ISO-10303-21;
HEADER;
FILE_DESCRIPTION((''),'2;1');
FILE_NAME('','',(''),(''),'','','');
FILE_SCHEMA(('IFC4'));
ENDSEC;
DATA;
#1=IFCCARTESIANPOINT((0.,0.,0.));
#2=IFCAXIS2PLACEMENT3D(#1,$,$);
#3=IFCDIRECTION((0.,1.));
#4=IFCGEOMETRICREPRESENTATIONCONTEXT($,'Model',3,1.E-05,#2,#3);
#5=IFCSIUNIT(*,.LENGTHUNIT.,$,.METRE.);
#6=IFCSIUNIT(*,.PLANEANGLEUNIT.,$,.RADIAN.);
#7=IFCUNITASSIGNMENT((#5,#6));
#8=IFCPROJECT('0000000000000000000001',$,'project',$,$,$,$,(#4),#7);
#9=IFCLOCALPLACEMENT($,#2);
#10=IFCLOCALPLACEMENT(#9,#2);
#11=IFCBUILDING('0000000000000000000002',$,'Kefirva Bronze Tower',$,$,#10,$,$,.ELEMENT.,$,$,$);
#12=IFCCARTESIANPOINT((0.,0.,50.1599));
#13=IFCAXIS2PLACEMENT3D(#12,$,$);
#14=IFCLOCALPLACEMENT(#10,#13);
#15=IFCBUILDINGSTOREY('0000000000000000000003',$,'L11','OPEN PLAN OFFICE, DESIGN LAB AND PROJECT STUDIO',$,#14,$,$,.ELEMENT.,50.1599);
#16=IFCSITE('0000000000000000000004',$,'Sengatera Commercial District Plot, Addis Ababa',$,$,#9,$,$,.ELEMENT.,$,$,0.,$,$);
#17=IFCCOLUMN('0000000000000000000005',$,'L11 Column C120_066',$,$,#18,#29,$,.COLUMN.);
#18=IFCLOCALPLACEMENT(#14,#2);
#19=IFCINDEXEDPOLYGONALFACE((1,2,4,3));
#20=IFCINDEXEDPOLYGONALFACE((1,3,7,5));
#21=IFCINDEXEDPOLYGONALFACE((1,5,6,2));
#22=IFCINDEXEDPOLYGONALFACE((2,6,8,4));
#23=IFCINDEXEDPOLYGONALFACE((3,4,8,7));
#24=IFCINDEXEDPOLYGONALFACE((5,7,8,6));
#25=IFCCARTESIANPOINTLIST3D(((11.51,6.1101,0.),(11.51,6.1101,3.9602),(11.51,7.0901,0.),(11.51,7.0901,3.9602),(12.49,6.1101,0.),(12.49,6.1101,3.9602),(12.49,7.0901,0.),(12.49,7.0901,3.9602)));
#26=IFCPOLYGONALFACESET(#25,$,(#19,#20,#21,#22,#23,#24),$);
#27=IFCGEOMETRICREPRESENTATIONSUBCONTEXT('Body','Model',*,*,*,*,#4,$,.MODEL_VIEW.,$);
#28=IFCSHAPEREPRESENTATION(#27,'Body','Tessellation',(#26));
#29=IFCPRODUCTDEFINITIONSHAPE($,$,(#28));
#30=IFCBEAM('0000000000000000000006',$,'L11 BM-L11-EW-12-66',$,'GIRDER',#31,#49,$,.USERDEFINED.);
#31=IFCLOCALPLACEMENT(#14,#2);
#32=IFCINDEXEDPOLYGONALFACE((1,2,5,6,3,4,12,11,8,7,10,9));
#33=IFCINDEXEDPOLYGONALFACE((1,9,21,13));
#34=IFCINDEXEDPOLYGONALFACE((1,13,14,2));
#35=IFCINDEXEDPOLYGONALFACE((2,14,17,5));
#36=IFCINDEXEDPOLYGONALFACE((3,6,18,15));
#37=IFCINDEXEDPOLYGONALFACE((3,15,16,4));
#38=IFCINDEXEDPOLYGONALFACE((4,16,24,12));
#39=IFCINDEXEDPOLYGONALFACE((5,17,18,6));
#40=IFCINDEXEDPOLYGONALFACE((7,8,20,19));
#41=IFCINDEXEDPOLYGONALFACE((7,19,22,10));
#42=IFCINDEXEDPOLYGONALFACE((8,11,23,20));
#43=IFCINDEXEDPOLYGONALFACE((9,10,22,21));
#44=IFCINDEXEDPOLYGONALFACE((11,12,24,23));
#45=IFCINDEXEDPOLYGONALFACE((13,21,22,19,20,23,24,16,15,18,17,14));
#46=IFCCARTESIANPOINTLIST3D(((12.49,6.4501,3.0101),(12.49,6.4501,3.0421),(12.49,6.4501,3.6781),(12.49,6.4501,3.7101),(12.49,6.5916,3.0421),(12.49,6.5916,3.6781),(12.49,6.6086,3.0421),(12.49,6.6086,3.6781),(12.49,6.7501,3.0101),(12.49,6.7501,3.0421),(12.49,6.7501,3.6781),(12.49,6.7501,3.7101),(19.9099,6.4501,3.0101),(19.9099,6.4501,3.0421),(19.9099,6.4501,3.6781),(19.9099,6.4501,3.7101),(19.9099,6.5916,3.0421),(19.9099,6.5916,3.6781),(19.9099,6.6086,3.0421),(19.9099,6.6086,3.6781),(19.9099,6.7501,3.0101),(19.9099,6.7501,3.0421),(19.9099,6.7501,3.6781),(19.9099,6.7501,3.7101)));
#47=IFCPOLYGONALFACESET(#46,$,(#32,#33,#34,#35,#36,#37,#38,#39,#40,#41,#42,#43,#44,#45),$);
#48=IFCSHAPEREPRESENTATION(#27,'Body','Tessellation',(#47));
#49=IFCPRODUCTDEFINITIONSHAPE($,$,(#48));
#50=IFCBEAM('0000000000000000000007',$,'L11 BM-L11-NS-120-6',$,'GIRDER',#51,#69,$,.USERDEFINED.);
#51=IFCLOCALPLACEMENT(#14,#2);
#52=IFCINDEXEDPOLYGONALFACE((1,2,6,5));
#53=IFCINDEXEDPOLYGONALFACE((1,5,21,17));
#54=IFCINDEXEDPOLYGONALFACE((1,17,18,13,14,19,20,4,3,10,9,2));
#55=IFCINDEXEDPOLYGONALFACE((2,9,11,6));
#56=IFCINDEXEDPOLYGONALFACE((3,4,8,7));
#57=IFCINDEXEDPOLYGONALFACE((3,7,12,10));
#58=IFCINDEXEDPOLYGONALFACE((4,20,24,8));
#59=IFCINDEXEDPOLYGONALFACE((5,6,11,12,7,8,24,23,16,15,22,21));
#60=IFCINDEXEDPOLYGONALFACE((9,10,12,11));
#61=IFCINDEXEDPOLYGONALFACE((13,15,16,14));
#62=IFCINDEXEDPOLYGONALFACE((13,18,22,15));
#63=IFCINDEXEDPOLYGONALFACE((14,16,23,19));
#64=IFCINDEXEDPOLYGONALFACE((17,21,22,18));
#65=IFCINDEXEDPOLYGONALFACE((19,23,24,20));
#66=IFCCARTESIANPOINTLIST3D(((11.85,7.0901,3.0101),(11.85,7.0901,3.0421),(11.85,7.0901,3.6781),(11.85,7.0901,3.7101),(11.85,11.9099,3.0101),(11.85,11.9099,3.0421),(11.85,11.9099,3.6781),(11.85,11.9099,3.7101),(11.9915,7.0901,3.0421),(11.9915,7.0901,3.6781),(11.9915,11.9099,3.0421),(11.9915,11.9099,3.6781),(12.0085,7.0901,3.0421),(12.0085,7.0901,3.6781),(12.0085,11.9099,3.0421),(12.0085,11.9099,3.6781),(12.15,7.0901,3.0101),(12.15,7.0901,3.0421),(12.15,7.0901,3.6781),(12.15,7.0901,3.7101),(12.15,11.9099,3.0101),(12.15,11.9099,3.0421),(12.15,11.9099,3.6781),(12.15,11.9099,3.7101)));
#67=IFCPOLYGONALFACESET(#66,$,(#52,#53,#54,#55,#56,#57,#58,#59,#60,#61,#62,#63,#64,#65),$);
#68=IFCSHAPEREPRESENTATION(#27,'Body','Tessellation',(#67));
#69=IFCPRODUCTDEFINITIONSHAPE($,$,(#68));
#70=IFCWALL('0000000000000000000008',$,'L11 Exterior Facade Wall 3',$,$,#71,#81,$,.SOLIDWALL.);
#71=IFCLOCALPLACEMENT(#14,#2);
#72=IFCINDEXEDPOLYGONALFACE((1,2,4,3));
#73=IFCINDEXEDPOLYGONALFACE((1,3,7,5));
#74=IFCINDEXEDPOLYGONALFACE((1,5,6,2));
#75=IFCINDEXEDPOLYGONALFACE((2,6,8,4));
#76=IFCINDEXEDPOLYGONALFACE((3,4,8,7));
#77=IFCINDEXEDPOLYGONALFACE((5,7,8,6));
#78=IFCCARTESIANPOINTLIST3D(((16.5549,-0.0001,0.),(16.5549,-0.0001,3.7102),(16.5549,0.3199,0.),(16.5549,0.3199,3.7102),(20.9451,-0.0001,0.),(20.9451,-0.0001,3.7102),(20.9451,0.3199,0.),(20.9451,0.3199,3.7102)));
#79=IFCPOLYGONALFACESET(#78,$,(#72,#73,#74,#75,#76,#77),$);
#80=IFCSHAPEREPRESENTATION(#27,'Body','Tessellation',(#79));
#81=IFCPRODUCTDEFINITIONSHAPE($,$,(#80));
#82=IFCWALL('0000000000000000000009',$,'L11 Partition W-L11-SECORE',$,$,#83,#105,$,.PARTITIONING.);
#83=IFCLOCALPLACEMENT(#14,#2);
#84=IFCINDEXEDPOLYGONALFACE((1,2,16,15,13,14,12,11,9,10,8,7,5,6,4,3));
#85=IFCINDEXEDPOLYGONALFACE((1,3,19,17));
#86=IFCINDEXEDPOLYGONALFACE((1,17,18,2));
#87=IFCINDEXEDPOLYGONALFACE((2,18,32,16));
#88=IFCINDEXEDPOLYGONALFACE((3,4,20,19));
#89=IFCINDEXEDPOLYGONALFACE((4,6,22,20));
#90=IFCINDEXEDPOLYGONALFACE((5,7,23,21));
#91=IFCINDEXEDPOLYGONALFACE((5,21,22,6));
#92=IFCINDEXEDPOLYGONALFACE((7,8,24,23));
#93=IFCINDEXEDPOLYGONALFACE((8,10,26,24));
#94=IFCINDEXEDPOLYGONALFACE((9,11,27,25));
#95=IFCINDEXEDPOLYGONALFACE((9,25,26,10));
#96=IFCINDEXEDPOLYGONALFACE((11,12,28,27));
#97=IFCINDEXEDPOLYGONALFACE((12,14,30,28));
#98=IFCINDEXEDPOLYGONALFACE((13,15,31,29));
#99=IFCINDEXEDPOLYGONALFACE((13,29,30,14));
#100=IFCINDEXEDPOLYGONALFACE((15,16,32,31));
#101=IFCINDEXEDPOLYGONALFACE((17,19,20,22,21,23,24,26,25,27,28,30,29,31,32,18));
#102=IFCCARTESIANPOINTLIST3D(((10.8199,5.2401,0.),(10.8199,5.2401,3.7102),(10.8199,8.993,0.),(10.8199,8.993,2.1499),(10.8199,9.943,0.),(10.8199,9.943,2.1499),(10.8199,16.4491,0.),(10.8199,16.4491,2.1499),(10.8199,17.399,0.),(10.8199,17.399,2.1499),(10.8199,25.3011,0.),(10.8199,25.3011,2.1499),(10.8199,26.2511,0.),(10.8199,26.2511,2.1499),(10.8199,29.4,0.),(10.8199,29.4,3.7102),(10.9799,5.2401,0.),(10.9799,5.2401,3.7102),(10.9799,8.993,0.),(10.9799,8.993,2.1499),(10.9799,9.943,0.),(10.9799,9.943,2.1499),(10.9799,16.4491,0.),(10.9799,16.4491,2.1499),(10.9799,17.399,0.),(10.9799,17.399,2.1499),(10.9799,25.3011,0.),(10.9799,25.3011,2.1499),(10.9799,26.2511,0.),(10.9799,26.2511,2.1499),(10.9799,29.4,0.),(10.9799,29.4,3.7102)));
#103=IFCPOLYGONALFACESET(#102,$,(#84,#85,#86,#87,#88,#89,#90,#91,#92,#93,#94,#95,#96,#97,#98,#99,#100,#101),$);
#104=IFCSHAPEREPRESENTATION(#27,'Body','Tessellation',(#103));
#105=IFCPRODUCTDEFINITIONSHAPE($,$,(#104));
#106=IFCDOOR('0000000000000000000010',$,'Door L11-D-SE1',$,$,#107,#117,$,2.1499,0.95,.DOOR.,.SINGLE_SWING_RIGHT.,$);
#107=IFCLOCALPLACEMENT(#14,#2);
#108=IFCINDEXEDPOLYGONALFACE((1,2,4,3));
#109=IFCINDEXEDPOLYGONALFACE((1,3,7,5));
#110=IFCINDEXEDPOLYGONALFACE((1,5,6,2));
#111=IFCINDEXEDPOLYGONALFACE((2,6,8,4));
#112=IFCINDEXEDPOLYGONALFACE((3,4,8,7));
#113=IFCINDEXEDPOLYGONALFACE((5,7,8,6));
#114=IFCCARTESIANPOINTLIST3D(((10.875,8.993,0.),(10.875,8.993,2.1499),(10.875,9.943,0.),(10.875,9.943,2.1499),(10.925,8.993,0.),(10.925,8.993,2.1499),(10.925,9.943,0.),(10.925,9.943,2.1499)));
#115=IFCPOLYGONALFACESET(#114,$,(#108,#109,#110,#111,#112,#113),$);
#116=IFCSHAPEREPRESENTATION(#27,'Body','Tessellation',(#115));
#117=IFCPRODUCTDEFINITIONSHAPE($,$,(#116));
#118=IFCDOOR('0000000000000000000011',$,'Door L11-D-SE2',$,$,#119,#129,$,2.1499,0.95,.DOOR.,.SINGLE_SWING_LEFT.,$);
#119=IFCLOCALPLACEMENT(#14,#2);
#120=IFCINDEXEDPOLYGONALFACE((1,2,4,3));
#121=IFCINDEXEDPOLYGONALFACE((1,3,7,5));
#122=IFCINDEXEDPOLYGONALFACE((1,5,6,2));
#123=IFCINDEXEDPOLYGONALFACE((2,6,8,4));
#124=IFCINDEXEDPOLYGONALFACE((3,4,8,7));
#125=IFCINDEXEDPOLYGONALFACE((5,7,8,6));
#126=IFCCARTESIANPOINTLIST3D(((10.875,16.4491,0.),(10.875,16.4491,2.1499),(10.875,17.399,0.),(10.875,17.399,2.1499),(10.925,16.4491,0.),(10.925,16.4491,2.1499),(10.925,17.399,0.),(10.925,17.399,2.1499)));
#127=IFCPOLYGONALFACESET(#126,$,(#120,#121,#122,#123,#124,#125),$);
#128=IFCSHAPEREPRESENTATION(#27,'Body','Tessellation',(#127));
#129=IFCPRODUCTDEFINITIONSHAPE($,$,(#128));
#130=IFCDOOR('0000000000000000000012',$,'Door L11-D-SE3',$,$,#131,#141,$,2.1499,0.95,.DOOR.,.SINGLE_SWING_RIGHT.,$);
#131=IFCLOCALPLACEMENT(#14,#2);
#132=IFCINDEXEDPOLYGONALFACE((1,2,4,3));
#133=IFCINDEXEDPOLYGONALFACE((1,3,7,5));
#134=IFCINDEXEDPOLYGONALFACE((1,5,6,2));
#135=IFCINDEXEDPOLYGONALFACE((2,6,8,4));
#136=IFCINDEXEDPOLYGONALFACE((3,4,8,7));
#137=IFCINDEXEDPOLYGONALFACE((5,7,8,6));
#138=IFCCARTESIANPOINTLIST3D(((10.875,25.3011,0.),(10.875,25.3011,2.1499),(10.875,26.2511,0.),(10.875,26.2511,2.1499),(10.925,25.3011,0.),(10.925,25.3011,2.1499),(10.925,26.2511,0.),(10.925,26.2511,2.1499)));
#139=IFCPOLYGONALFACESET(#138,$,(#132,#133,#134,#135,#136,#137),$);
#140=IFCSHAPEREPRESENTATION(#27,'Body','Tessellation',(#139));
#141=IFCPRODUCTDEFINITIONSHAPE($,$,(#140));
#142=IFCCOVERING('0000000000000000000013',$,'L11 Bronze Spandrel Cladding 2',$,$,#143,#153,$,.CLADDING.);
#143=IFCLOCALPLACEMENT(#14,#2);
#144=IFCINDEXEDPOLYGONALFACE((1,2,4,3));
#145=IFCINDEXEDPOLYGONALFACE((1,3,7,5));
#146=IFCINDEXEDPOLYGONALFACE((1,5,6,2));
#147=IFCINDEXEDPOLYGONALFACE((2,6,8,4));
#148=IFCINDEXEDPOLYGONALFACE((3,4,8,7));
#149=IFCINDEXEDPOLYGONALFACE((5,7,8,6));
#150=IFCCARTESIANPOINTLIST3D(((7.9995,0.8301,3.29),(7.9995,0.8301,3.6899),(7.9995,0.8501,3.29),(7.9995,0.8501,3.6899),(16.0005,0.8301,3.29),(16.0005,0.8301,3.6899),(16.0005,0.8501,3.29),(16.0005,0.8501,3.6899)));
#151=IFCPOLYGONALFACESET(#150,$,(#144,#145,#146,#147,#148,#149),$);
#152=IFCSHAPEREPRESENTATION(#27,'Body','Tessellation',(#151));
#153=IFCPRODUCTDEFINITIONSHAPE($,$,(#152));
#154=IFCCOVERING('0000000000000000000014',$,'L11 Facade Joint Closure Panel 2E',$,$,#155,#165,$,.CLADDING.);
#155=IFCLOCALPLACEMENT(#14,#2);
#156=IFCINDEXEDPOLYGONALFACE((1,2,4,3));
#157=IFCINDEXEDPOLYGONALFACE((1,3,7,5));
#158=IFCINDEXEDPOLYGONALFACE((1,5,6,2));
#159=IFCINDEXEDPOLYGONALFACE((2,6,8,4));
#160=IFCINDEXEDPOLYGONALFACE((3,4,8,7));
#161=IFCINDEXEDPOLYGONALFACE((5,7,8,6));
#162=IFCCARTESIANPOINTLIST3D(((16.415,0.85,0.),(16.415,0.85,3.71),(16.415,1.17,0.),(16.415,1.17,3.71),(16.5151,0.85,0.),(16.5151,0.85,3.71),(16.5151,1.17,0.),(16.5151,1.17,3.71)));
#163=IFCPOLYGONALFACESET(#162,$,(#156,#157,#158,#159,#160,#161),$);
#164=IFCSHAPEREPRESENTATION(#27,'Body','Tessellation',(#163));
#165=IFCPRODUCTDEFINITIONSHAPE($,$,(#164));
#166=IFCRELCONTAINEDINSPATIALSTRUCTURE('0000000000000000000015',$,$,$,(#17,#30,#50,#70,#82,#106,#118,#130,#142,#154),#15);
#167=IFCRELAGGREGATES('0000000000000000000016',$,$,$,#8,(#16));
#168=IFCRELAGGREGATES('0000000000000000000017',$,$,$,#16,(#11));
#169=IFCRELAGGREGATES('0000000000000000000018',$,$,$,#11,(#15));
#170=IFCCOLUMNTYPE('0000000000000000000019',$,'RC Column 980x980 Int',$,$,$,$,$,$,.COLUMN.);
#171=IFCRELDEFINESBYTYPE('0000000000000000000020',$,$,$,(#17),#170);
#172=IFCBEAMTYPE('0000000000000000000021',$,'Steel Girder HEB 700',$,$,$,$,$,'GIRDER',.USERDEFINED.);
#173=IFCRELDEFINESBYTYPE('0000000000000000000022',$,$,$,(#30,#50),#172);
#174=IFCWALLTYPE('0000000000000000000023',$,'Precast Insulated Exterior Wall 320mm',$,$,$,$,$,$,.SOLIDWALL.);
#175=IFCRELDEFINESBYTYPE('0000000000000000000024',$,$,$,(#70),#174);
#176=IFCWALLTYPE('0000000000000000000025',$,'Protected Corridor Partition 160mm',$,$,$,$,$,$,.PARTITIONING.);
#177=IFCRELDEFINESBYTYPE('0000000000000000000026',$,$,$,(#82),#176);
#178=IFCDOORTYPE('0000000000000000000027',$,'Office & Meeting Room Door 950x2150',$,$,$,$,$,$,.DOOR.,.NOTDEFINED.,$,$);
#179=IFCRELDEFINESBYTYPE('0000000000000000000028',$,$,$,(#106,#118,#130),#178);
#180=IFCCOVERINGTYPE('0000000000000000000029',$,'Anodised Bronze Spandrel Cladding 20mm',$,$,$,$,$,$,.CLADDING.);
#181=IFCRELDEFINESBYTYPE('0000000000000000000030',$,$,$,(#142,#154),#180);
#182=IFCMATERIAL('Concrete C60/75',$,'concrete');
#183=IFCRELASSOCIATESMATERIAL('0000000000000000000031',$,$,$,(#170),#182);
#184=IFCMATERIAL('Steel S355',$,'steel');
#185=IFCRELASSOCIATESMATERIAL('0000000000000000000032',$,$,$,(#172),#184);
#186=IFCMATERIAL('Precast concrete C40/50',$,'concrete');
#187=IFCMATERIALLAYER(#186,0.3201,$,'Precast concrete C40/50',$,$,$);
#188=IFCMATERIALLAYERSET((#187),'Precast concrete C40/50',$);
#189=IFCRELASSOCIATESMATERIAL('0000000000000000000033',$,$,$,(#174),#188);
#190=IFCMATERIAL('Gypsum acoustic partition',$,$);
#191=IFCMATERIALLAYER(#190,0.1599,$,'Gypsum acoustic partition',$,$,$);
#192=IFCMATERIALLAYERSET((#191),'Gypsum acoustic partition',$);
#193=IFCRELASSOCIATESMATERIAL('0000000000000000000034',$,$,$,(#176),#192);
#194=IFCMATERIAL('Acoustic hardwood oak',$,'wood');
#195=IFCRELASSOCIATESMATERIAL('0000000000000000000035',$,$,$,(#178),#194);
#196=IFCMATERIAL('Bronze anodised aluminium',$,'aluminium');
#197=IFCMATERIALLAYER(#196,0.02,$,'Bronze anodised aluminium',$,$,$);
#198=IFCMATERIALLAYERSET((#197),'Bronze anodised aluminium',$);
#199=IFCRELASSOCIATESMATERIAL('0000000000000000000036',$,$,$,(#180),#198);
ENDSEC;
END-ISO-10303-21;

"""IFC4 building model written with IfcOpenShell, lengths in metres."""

from ifc_helpers import new_model, si_unit, direction, frame, frame_2d, origin, origin_2d, place, context, subcontext, project, spatial, rectangle, i_section, extrude, material, layer, layer_set, material_profile, profile_set, type_object, element, fill, save


model = new_model("IFC4")

# Units and contexts
model_context = context("Model", 3, precision=1e-05, world=origin(), true_north=direction((0.0, 1.0)))
body_context = subcontext(model_context, "Body", "Model", "MODEL_VIEW")
ifc_project = project(units=[si_unit("LENGTHUNIT", "METRE"), si_unit("PLANEANGLEUNIT", "RADIAN")], contexts=[model_context])

# Site, building, storey
site_placement = place(None, origin())
site = spatial("IfcSite", under=ifc_project, at=site_placement, Name="Sengatera Commercial District Plot, Addis Ababa", CompositionType="ELEMENT", RefElevation=0.0)
building_placement = place(site_placement, origin())
building = spatial("IfcBuilding", under=site, at=building_placement, Name="Kefirva Bronze Tower", CompositionType="ELEMENT")
storey_placement = place(building_placement, frame((0.0, 0.0, 50.1599)))
storey = spatial("IfcBuildingStorey", under=building, at=storey_placement, Name="L11", Description="OPEN PLAN OFFICE, DESIGN LAB AND PROJECT STUDIO", CompositionType="ELEMENT", Elevation=50.1599)

# Column
ifc_material_1 = material(Name="Concrete C60/75", Category="concrete")
ifc_material_profile_1 = material_profile(ifc_material_1, rectangle(XDim=0.98, YDim=0.98, at=origin_2d()), Name="RC 980x980")
ifc_profile_set_1 = profile_set([ifc_material_profile_1], Name="Concrete C60/75")
column_type = type_object("IfcColumnType", Name="RC Column 980x980 Int", PredefinedType="COLUMN", material=ifc_profile_set_1)
column_placement = place(storey_placement, frame((12.0, 6.6001, 0.0), z_axis=(0.0, 0.0, 1.0), x_axis=(1.0, 0.0, 0.0)))
element("IfcColumn", 1, at=column_placement, inside=storey, type_object=column_type, Name="L11 Column C120_066", PredefinedType="COLUMN", context=body_context, shape_type="SweptSolid", body=[
    extrude(rectangle(XDim=0.98, YDim=0.98, at=origin_2d()), origin(), (0.0, 0.0, 1.0), 3.9602),
])

# Beams
ifc_material_2 = material(Name="Steel S355", Category="steel")
ifc_material_profile_2 = material_profile(ifc_material_2, i_section(OverallWidth=0.3, OverallDepth=0.7, WebThickness=0.0171, FlangeThickness=0.032, at=origin_2d()), Name="HEB 700")
ifc_profile_set_2 = profile_set([ifc_material_profile_2], Name="Steel S355")
beam_type = type_object("IfcBeamType", Name="Steel Girder HEB 700", ElementType="GIRDER", PredefinedType="USERDEFINED", material=ifc_profile_set_2)
beam_1_placement = place(storey_placement, frame((12.49, 6.6001, 3.3601), z_axis=(1.0, 0.0, 0.0), x_axis=(0.0, 1.0, 0.0)))
element("IfcBeam", 2, at=beam_1_placement, inside=storey, type_object=beam_type, Name="L11 BM-L11-EW-12-66", ObjectType="GIRDER", PredefinedType="USERDEFINED", context=body_context, shape_type="SweptSolid", body=[
    extrude(i_section(OverallWidth=0.3, OverallDepth=0.7, WebThickness=0.0171, FlangeThickness=0.032, at=origin_2d()), origin(), (0.0, 0.0, 1.0), 7.4199),
])
beam_2_placement = place(storey_placement, frame((12.0, 7.0901, 3.3601), z_axis=(0.0, 1.0, 0.0), x_axis=(-1.0, 0.0, 0.0)))
element("IfcBeam", 3, at=beam_2_placement, inside=storey, type_object=beam_type, Name="L11 BM-L11-NS-120-6", ObjectType="GIRDER", PredefinedType="USERDEFINED", context=body_context, shape_type="SweptSolid", body=[
    extrude(i_section(OverallWidth=0.3, OverallDepth=0.7, WebThickness=0.0171, FlangeThickness=0.032, at=origin_2d()), origin(), (0.0, 0.0, 1.0), 4.8198),
])

# Wall
ifc_material_3 = material(Name="Precast concrete C40/50", Category="concrete")
ifc_layer_1 = layer(ifc_material_3, 0.3201, Name="Precast concrete C40/50")
ifc_layer_set_1 = layer_set([ifc_layer_1], Name="Precast concrete C40/50")
wall_type_1 = type_object("IfcWallType", Name="Precast Insulated Exterior Wall 320mm", PredefinedType="SOLIDWALL", material=ifc_layer_set_1)
wall_1_placement = place(storey_placement, frame((16.5549, 0.1599, 0.0), z_axis=(0.0, 0.0, 1.0), x_axis=(1.0, 0.0, 0.0)))
element("IfcWall", 4, at=wall_1_placement, inside=storey, type_object=wall_type_1, Name="L11 Exterior Facade Wall 3", PredefinedType="SOLIDWALL", context=body_context, shape_type="SweptSolid", body=[
    extrude(rectangle(XDim=4.3901, YDim=0.3201, at=frame_2d((2.1951, 0.0))), origin(), (0.0, 0.0, 1.0), 3.7102),
])

# Wall, openings, doors
ifc_material_4 = material(Name="Gypsum acoustic partition")
ifc_layer_2 = layer(ifc_material_4, 0.1599, Name="Gypsum acoustic partition")
ifc_layer_set_2 = layer_set([ifc_layer_2], Name="Gypsum acoustic partition")
wall_type_2 = type_object("IfcWallType", Name="Protected Corridor Partition 160mm", PredefinedType="PARTITIONING", material=ifc_layer_set_2)
wall_2_placement = place(storey_placement, frame((10.8999, 5.24, 0.0), z_axis=(0.0, 0.0, 1.0), x_axis=(0.0, 1.0, 0.0)))
wall_2 = element("IfcWall", 5, at=wall_2_placement, inside=storey, type_object=wall_type_2, Name="L11 Partition W-L11-SECORE", PredefinedType="PARTITIONING", context=body_context, shape_type="SweptSolid", body=[
    extrude(rectangle(XDim=24.1599, YDim=0.1599, at=frame_2d((12.0801, 0.0))), origin(), (0.0, 0.0, 1.0), 3.7102),
])
opening_1_placement = place(wall_2_placement, frame((3.7529, 0.0, 0.0)))
opening_1 = element("IfcOpeningElement", 6, at=opening_1_placement, cuts=wall_2, PredefinedType="OPENING", context=body_context, shape_type="SweptSolid", body=[
    extrude(rectangle(XDim=0.95, YDim=2.1499, at=frame_2d((0.4751, 1.075))), frame((0.0, 0.0898, 0.0), z_axis=(0.0, -1.0, 0.0), x_axis=(1.0, 0.0, 0.0)), (0.0, 0.0, 1.0), 0.1799),
])
opening_2_placement = place(wall_2_placement, frame((11.209, 0.0, 0.0)))
opening_2 = element("IfcOpeningElement", 7, at=opening_2_placement, cuts=wall_2, PredefinedType="OPENING", context=body_context, shape_type="SweptSolid", body=[
    extrude(rectangle(XDim=0.95, YDim=2.1499, at=frame_2d((0.4751, 1.075))), frame((0.0, 0.0898, 0.0), z_axis=(0.0, -1.0, 0.0), x_axis=(1.0, 0.0, 0.0)), (0.0, 0.0, 1.0), 0.1799),
])
opening_3_placement = place(wall_2_placement, frame((20.061, 0.0, 0.0)))
opening_3 = element("IfcOpeningElement", 8, at=opening_3_placement, cuts=wall_2, PredefinedType="OPENING", context=body_context, shape_type="SweptSolid", body=[
    extrude(rectangle(XDim=0.95, YDim=2.1499, at=frame_2d((0.4751, 1.075))), frame((0.0, 0.0898, 0.0), z_axis=(0.0, -1.0, 0.0), x_axis=(1.0, 0.0, 0.0)), (0.0, 0.0, 1.0), 0.1799),
])
ifc_material_5 = material(Name="Acoustic hardwood oak", Category="wood")
door_type = type_object("IfcDoorType", Name="Office & Meeting Room Door 950x2150", OperationType="NOTDEFINED", PredefinedType="DOOR", material=ifc_material_5)
door_1_placement = place(opening_1_placement, origin())
door_1 = element("IfcDoor", 9, at=door_1_placement, inside=storey, type_object=door_type, Name="Door L11-D-SE1", OperationType="SINGLE_SWING_RIGHT", OverallHeight=2.1499, OverallWidth=0.95, PredefinedType="DOOR", context=body_context, shape_type="SweptSolid", body=[
    extrude(rectangle(XDim=0.95, YDim=2.1499, at=frame_2d((0.4751, 1.075))), frame((0.0, 0.0249, 0.0), z_axis=(0.0, -1.0, 0.0), x_axis=(1.0, 0.0, 0.0)), (0.0, 0.0, 1.0), 0.05),
])
fill(opening_1, door_1)
door_2_placement = place(opening_2_placement, origin())
door_2 = element("IfcDoor", 10, at=door_2_placement, inside=storey, type_object=door_type, Name="Door L11-D-SE2", OperationType="SINGLE_SWING_LEFT", OverallHeight=2.1499, OverallWidth=0.95, PredefinedType="DOOR", context=body_context, shape_type="SweptSolid", body=[
    extrude(rectangle(XDim=0.95, YDim=2.1499, at=frame_2d((0.4751, 1.075))), frame((0.0, 0.0249, 0.0), z_axis=(0.0, -1.0, 0.0), x_axis=(1.0, 0.0, 0.0)), (0.0, 0.0, 1.0), 0.05),
])
fill(opening_2, door_2)
door_3_placement = place(opening_3_placement, origin())
door_3 = element("IfcDoor", 11, at=door_3_placement, inside=storey, type_object=door_type, Name="Door L11-D-SE3", OperationType="SINGLE_SWING_RIGHT", OverallHeight=2.1499, OverallWidth=0.95, PredefinedType="DOOR", context=body_context, shape_type="SweptSolid", body=[
    extrude(rectangle(XDim=0.95, YDim=2.1499, at=frame_2d((0.4751, 1.075))), frame((0.0, 0.0249, 0.0), z_axis=(0.0, -1.0, 0.0), x_axis=(1.0, 0.0, 0.0)), (0.0, 0.0, 1.0), 0.05),
])
fill(opening_3, door_3)

# Coverings
ifc_material_6 = material(Name="Bronze anodised aluminium", Category="aluminium")
ifc_layer_3 = layer(ifc_material_6, 0.02, Name="Bronze anodised aluminium")
ifc_layer_set_3 = layer_set([ifc_layer_3], Name="Bronze anodised aluminium")
covering_type_1 = type_object("IfcCoveringType", Name="Anodised Bronze Spandrel Cladding 20mm", PredefinedType="CLADDING", material=ifc_layer_set_3)
covering_1_placement = place(storey_placement, frame((12.0, 0.8401, 3.29), z_axis=(0.0, 0.0, 1.0), x_axis=(1.0, 0.0, 0.0)))
element("IfcCovering", 12, at=covering_1_placement, inside=storey, type_object=covering_type_1, Name="L11 Bronze Spandrel Cladding 2", PredefinedType="CLADDING", context=body_context, shape_type="SweptSolid", body=[
    extrude(rectangle(XDim=8.001, YDim=0.02, at=origin_2d()), origin(), (0.0, 0.0, 1.0), 0.3999),
])
covering_2_placement = place(storey_placement, frame((16.4651, 1.01, 0.0), z_axis=(0.0, 0.0, 1.0), x_axis=(1.0, 0.0, 0.0)))
element("IfcCovering", 13, at=covering_2_placement, inside=storey, type_object=covering_type_1, Name="L11 Facade Joint Closure Panel 2E", PredefinedType="CLADDING", context=body_context, shape_type="SweptSolid", body=[
    extrude(rectangle(XDim=0.1001, YDim=0.3201, at=origin_2d()), origin(), (0.0, 0.0, 1.0), 3.71),
])

save(model, "model.ifc")
